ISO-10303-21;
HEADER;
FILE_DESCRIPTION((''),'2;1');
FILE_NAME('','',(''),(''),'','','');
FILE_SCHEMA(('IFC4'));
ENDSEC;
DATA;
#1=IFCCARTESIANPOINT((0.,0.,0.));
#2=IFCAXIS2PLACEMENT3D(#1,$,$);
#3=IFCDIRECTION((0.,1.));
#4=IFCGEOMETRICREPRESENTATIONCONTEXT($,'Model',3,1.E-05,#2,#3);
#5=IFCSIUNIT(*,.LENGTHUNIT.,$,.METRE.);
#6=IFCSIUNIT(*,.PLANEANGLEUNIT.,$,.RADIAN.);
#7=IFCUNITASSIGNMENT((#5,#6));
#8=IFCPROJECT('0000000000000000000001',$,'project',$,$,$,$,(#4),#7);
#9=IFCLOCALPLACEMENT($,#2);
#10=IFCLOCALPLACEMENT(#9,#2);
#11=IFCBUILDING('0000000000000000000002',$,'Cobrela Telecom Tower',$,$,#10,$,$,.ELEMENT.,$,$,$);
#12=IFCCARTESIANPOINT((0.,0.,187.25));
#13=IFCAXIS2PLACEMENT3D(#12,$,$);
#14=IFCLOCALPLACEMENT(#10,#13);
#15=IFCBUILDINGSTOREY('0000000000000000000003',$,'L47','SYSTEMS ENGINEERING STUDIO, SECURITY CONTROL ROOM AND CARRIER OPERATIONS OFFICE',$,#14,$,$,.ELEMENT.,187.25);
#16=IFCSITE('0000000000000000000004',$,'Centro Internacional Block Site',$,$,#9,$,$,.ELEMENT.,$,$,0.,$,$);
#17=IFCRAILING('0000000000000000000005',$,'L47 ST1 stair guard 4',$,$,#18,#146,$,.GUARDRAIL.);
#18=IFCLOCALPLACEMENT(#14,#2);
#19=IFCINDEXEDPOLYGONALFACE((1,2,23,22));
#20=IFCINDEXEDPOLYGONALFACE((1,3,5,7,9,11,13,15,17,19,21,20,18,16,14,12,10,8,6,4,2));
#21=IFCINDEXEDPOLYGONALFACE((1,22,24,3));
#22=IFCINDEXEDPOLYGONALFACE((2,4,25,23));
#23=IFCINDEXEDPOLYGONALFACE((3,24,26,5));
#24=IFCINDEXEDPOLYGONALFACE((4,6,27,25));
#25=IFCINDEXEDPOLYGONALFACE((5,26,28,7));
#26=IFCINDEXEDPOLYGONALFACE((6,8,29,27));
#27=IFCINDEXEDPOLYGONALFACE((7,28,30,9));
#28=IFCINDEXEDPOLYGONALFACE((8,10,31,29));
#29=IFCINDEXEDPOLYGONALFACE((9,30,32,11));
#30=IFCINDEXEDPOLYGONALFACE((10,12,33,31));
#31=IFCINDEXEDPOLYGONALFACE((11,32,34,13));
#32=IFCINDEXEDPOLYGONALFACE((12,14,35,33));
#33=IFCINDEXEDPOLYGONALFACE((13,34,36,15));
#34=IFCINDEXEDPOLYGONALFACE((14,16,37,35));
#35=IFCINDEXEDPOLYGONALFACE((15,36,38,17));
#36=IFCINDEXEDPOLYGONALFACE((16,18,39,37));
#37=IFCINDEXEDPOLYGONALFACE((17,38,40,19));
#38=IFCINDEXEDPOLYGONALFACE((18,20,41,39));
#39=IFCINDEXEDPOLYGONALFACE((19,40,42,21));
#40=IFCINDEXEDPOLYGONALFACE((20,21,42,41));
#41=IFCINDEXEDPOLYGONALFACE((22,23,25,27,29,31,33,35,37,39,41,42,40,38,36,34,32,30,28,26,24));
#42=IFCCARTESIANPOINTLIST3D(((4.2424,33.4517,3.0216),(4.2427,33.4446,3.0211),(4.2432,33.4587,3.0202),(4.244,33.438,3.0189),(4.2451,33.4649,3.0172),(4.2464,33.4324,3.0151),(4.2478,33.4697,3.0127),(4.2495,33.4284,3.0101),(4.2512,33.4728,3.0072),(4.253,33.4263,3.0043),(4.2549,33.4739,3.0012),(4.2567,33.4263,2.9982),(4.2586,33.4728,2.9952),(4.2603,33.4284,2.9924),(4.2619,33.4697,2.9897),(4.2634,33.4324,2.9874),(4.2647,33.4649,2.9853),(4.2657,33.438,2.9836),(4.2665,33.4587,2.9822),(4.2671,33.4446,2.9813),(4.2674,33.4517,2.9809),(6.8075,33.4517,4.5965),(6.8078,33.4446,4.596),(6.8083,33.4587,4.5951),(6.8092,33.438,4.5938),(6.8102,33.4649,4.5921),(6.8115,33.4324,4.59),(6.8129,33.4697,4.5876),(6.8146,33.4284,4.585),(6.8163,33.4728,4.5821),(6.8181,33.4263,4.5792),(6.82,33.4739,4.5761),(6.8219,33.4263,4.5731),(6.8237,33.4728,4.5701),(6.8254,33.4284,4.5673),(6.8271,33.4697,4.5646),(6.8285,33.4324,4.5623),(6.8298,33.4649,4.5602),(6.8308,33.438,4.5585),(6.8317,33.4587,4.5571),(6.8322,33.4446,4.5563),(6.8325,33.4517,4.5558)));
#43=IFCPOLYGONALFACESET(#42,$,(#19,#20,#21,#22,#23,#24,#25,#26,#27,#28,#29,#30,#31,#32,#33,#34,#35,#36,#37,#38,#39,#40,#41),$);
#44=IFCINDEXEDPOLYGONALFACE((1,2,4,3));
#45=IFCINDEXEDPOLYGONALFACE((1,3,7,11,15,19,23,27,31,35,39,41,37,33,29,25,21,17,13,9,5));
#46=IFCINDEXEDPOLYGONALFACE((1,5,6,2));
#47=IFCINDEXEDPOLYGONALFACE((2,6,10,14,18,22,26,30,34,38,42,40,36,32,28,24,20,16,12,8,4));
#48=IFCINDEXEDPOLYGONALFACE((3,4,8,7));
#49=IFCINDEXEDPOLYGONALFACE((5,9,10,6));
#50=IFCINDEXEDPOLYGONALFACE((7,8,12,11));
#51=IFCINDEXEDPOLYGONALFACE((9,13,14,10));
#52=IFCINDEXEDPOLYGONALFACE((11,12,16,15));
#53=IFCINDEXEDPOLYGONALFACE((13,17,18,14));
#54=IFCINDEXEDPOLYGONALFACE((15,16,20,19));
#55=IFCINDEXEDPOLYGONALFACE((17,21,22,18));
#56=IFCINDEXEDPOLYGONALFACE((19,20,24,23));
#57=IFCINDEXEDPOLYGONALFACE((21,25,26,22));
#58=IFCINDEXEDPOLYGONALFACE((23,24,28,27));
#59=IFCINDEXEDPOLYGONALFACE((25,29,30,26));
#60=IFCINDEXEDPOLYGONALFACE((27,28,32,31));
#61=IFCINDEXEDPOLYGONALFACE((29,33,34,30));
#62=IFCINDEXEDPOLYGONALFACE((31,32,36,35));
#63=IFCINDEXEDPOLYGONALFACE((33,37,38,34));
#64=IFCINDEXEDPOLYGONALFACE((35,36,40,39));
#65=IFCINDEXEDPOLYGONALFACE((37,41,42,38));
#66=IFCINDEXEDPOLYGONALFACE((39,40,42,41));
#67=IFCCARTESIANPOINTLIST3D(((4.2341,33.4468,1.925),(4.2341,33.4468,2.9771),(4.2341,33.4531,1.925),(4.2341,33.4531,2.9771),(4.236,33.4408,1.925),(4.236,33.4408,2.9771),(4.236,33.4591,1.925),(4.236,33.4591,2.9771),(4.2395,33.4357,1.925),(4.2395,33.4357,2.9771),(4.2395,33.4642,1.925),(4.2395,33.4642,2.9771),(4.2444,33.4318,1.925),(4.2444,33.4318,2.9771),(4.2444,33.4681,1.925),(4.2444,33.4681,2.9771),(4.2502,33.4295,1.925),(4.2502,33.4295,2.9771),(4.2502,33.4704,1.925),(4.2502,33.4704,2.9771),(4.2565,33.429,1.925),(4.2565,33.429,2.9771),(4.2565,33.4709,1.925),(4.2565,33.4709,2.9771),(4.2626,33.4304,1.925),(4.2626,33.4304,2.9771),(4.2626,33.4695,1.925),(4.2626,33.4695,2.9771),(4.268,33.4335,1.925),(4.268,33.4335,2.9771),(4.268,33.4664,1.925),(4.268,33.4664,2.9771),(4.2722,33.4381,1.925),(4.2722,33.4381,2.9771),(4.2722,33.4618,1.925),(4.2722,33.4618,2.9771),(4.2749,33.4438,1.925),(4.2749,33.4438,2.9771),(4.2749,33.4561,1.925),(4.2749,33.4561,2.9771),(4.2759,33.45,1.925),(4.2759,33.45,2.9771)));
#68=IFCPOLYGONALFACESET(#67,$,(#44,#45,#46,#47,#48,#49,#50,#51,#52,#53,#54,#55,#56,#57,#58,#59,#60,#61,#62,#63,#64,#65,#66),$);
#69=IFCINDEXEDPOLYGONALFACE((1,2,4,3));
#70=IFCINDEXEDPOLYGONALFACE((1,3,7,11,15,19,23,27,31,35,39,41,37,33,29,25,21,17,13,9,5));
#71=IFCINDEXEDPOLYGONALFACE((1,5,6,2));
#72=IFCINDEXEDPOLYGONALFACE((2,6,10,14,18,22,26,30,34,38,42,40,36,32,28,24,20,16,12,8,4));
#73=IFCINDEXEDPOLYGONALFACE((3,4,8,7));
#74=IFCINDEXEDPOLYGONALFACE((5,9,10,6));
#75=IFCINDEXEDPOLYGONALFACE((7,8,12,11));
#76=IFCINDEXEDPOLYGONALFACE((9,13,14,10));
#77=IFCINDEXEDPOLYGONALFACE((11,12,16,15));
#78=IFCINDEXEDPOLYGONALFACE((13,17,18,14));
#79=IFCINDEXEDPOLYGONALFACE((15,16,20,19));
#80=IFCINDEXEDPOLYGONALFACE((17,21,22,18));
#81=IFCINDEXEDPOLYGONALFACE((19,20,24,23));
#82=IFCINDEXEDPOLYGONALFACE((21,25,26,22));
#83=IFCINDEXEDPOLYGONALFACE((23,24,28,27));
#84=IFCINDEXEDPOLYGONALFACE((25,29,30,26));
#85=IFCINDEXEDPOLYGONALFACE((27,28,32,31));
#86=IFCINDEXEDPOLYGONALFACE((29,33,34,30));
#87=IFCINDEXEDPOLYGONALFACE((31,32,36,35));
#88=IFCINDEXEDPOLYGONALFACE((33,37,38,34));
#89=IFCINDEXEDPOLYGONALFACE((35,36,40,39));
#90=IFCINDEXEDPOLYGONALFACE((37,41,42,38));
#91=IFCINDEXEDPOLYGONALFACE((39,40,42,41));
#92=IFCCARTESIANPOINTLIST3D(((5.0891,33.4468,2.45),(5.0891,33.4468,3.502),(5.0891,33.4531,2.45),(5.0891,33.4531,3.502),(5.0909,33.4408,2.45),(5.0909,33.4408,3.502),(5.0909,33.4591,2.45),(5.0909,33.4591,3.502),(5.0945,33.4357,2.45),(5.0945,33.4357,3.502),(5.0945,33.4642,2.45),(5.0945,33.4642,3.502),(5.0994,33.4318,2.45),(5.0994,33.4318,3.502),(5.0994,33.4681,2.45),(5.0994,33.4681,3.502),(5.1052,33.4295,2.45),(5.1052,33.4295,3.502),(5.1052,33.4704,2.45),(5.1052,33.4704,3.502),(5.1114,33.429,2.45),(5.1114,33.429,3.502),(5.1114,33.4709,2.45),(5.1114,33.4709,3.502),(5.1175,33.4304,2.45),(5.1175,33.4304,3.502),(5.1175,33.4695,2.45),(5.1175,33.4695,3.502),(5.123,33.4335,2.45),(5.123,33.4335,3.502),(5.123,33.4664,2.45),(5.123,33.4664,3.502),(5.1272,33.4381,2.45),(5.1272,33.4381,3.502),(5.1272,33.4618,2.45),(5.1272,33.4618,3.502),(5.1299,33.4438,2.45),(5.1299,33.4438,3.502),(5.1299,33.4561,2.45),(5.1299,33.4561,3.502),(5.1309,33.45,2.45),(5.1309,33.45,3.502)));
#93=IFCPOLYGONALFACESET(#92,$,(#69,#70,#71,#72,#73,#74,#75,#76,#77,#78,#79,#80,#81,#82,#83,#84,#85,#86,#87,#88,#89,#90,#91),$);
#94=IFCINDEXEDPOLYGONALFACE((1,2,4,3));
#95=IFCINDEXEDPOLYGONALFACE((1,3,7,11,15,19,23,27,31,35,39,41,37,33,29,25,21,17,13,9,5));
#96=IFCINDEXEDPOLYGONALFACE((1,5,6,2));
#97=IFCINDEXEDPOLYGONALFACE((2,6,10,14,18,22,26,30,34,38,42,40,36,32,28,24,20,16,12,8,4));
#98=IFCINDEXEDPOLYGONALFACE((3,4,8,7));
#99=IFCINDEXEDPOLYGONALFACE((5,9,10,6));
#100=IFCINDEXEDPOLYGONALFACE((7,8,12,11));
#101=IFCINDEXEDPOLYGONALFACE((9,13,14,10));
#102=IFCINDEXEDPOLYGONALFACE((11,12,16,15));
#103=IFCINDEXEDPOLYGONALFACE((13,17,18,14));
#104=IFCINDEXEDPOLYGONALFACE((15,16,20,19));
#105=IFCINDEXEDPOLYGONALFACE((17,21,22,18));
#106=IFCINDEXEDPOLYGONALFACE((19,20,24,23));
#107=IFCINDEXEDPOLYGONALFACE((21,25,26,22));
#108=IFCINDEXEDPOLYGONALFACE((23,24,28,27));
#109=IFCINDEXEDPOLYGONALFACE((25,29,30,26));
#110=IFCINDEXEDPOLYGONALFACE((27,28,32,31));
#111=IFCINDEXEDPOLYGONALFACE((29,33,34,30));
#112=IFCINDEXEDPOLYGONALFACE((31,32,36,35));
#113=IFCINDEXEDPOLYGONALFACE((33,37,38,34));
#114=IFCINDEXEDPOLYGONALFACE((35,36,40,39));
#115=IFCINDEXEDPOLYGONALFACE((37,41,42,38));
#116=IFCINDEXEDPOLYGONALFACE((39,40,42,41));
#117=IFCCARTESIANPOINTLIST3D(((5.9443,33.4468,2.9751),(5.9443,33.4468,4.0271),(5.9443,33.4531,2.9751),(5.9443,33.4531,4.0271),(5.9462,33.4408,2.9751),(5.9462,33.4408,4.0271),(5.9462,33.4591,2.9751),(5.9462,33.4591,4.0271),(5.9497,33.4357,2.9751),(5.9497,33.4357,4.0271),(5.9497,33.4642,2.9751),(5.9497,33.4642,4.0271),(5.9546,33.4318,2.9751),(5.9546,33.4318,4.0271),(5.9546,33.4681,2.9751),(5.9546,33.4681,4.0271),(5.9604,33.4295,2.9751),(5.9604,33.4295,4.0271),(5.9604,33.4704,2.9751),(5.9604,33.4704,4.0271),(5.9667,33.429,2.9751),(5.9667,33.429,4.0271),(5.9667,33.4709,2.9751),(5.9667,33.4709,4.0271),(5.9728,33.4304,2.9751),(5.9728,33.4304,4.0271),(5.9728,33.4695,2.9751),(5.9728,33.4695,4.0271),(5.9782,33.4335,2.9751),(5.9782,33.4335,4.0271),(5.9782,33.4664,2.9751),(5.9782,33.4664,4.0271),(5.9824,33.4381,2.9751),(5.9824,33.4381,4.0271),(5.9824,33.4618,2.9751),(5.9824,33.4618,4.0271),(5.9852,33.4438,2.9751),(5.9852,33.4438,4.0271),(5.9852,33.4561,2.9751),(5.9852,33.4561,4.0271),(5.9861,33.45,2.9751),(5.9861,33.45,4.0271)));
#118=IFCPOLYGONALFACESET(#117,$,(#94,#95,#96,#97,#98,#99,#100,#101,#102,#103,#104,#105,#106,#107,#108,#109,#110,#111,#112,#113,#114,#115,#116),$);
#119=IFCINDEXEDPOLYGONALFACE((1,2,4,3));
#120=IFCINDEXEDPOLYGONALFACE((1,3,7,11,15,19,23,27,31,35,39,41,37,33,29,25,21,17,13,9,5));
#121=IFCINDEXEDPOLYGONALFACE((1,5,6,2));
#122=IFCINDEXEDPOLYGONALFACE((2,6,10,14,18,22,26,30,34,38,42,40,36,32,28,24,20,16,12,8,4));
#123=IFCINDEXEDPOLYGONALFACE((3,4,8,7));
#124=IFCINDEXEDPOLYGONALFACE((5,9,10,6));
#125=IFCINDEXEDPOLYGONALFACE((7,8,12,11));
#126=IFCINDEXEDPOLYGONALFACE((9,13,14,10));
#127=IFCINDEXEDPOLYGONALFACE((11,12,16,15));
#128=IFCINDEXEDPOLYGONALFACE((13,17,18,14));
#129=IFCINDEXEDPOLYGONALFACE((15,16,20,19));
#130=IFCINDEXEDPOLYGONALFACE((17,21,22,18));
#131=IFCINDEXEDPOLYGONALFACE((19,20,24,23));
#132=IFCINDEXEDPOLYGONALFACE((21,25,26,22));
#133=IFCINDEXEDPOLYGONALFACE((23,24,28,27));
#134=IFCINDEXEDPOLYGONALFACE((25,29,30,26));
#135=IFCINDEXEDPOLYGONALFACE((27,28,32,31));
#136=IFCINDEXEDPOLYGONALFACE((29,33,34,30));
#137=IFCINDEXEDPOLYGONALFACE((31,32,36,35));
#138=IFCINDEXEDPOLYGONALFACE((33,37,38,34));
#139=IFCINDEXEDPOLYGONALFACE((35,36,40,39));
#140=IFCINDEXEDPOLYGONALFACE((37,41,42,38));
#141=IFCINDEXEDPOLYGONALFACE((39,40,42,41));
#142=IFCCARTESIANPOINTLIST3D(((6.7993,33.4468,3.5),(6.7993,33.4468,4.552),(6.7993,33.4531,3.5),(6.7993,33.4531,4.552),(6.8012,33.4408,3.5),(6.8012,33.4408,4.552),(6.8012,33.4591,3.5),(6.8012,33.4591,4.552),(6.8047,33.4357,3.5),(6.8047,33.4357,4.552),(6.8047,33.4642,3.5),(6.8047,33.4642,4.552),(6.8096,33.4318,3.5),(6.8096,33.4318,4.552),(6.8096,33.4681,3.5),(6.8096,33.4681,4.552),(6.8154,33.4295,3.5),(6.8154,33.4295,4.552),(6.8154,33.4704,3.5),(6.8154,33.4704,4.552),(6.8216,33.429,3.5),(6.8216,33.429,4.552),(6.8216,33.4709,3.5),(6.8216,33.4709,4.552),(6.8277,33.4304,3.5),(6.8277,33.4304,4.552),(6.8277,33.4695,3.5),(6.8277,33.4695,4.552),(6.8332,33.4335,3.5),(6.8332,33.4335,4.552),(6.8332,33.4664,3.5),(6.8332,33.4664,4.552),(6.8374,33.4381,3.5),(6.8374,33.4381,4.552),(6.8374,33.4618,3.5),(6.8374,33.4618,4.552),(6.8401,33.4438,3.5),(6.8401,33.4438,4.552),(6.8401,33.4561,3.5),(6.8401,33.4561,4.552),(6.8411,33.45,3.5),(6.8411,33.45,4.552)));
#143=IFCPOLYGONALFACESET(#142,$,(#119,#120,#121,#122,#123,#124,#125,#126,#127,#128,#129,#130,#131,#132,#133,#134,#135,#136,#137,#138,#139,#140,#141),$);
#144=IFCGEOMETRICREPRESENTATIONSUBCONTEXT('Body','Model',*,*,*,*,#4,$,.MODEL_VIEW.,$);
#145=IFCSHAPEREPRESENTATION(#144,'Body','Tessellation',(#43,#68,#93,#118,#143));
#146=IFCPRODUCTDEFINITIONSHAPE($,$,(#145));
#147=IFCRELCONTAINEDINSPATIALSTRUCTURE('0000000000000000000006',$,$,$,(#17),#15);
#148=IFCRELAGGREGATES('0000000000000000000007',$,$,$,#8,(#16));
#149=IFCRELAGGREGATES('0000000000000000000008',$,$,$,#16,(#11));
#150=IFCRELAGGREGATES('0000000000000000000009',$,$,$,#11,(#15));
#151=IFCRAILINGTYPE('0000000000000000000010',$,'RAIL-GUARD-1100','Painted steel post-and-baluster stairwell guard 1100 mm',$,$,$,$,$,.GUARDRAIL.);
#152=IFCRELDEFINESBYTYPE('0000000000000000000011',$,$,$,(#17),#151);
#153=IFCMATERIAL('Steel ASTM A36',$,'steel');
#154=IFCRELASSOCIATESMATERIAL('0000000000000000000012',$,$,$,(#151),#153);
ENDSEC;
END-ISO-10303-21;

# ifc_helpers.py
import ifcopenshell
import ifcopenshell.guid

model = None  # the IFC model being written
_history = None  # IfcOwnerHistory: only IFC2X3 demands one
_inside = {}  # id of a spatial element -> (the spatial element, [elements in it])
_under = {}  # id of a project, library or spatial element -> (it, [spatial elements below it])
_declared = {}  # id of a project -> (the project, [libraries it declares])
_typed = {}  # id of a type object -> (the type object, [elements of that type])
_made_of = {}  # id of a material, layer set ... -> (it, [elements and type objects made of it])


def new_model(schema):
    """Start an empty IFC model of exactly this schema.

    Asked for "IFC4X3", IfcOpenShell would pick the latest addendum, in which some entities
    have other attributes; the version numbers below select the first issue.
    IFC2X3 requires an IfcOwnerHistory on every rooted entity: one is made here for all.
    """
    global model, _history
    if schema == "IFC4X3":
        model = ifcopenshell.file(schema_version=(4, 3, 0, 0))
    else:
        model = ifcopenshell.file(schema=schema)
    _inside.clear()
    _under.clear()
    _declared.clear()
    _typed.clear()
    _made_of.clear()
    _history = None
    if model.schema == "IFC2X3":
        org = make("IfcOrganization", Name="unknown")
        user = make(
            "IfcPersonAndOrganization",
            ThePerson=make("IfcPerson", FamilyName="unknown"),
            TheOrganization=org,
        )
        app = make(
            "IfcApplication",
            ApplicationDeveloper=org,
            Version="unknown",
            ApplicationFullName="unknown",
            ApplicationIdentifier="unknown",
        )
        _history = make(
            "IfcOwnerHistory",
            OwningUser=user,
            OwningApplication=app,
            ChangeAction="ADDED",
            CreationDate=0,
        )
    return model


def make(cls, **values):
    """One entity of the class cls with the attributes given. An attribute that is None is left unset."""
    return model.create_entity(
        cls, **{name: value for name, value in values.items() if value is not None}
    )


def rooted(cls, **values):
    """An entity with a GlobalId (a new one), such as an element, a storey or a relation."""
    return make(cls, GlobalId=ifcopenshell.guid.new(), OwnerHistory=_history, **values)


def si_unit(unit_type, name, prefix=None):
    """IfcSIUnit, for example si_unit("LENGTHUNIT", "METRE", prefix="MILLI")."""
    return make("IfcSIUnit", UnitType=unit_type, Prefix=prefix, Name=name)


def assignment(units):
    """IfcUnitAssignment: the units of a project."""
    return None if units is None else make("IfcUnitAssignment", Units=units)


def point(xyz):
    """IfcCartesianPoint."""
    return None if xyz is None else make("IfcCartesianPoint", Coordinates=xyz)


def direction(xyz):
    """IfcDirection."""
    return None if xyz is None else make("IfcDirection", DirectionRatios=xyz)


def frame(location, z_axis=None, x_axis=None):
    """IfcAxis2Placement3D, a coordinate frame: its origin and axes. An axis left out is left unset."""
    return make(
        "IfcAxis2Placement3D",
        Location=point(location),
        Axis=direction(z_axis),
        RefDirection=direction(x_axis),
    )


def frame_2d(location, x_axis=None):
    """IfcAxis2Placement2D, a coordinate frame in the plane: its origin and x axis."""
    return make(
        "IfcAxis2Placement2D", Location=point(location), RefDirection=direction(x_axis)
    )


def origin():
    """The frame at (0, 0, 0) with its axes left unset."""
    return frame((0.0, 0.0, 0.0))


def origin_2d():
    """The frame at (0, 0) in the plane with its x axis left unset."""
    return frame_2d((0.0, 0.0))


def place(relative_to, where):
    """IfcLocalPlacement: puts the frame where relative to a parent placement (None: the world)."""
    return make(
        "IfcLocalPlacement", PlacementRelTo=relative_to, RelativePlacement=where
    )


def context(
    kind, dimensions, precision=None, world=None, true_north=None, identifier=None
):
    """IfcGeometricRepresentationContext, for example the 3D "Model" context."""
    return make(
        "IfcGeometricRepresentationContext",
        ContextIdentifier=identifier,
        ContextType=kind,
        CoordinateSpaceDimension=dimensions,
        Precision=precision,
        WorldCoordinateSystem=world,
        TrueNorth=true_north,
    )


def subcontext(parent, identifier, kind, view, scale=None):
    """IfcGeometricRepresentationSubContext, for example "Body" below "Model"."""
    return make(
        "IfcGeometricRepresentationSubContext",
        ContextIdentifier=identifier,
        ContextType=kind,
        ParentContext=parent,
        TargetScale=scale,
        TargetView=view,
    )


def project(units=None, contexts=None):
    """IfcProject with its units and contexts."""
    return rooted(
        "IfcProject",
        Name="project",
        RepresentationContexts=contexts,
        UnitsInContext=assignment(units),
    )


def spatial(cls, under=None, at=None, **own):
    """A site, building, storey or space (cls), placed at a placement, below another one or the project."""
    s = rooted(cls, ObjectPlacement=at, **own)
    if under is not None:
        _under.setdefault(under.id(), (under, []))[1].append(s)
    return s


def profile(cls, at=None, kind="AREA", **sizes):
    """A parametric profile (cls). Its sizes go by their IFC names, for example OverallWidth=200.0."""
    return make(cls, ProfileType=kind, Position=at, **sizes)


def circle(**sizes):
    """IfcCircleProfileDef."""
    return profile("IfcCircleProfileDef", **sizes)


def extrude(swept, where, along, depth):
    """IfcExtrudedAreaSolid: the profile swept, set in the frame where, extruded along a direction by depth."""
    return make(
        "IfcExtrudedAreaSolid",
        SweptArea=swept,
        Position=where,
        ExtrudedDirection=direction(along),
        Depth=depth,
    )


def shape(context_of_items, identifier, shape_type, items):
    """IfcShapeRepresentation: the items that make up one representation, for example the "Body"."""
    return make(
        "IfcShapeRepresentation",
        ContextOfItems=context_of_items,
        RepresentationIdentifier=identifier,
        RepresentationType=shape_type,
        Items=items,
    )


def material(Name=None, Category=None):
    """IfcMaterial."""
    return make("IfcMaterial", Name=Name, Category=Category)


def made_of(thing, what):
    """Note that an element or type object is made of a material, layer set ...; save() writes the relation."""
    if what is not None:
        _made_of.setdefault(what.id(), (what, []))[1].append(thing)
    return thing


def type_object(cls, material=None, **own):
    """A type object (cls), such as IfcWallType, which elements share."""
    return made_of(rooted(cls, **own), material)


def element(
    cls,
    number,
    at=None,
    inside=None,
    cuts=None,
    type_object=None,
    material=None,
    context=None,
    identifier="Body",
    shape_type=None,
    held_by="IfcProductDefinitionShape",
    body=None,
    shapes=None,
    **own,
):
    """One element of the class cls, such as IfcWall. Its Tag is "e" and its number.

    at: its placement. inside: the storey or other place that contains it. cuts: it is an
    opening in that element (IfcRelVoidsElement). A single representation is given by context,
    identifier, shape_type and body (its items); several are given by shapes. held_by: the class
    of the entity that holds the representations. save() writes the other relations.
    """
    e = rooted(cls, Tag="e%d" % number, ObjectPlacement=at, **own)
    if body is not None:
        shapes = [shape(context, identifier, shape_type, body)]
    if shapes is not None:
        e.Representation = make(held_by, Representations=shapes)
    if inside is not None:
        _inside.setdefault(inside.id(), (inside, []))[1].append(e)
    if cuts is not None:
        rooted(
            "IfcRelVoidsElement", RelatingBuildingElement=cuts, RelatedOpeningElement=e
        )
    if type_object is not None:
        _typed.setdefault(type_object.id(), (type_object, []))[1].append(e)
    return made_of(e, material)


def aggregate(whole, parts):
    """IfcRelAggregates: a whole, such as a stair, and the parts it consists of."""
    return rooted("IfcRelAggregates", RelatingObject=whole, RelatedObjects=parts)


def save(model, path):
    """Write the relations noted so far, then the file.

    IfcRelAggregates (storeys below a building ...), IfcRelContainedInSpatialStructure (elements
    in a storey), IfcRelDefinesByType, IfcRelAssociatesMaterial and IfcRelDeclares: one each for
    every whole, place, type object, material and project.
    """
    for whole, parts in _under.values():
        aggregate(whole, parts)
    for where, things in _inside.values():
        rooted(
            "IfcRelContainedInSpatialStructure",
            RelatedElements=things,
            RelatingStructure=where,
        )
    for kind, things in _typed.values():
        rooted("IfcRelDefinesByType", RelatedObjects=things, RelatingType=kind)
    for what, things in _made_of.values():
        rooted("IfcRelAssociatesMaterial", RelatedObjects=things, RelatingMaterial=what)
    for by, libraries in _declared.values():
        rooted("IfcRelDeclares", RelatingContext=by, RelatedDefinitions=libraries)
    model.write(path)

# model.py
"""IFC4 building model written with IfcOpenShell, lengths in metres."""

from ifc_helpers import new_model, si_unit, direction, frame, origin, origin_2d, place, context, subcontext, project, spatial, circle, extrude, material, type_object, element, save


model = new_model("IFC4")

# Units and contexts
model_context = context("Model", 3, precision=1e-05, world=origin(), true_north=direction((0.0, 1.0)))
body_context = subcontext(model_context, "Body", "Model", "MODEL_VIEW")
ifc_project = project(units=[si_unit("LENGTHUNIT", "METRE"), si_unit("PLANEANGLEUNIT", "RADIAN")], contexts=[model_context])

# Site, building, storey
site_placement = place(None, origin())
site = spatial("IfcSite", under=ifc_project, at=site_placement, Name="Centro Internacional Block Site", CompositionType="ELEMENT", RefElevation=0.0)
building_placement = place(site_placement, origin())
building = spatial("IfcBuilding", under=site, at=building_placement, Name="Cobrela Telecom Tower", CompositionType="ELEMENT")
storey_placement = place(building_placement, frame((0.0, 0.0, 187.25)))
storey = spatial("IfcBuildingStorey", under=building, at=storey_placement, Name="L47", Description="SYSTEMS ENGINEERING STUDIO, SECURITY CONTROL ROOM AND CARRIER OPERATIONS OFFICE", CompositionType="ELEMENT", Elevation=187.25)

# Shared definitions
ifc_material_1 = material(Name="Steel ASTM A36", Category="steel")

# Railing
railing_type_1 = type_object("IfcRailingType", Name="RAIL-GUARD-1100", Description="Painted steel post-and-baluster stairwell guard 1100 mm", PredefinedType="GUARDRAIL", material=ifc_material_1)
railing_1_placement = place(storey_placement, frame((4.2549, 33.45, 1.925)))
element("IfcRailing", 1, at=railing_1_placement, inside=storey, type_object=railing_type_1, Name="L47 ST1 stair guard 4", PredefinedType="GUARDRAIL", context=body_context, shape_type="SweptSolid", body=[
    extrude(circle(Radius=0.0239, at=origin_2d()), frame((0.0, 0.0, 1.0762), z_axis=(0.852195, 0.0, 0.523224), x_axis=(0.0, 1.0, 0.0)), (0.0, 0.0, 1.0), 3.01),
    extrude(circle(Radius=0.021, at=origin_2d()), origin(), (0.0, 0.0, 1.0), 1.052),
    extrude(circle(Radius=0.021, at=origin_2d()), frame((0.855, 0.0, 0.5249)), (0.0, 0.0, 1.0), 1.052),
    extrude(circle(Radius=0.021, at=origin_2d()), frame((1.7102, 0.0, 1.05)), (0.0, 0.0, 1.0), 1.052),
    extrude(circle(Radius=0.021, at=origin_2d()), frame((2.5652, 0.0, 1.575)), (0.0, 0.0, 1.0), 1.052),
])

save(model, "model.ifc")
